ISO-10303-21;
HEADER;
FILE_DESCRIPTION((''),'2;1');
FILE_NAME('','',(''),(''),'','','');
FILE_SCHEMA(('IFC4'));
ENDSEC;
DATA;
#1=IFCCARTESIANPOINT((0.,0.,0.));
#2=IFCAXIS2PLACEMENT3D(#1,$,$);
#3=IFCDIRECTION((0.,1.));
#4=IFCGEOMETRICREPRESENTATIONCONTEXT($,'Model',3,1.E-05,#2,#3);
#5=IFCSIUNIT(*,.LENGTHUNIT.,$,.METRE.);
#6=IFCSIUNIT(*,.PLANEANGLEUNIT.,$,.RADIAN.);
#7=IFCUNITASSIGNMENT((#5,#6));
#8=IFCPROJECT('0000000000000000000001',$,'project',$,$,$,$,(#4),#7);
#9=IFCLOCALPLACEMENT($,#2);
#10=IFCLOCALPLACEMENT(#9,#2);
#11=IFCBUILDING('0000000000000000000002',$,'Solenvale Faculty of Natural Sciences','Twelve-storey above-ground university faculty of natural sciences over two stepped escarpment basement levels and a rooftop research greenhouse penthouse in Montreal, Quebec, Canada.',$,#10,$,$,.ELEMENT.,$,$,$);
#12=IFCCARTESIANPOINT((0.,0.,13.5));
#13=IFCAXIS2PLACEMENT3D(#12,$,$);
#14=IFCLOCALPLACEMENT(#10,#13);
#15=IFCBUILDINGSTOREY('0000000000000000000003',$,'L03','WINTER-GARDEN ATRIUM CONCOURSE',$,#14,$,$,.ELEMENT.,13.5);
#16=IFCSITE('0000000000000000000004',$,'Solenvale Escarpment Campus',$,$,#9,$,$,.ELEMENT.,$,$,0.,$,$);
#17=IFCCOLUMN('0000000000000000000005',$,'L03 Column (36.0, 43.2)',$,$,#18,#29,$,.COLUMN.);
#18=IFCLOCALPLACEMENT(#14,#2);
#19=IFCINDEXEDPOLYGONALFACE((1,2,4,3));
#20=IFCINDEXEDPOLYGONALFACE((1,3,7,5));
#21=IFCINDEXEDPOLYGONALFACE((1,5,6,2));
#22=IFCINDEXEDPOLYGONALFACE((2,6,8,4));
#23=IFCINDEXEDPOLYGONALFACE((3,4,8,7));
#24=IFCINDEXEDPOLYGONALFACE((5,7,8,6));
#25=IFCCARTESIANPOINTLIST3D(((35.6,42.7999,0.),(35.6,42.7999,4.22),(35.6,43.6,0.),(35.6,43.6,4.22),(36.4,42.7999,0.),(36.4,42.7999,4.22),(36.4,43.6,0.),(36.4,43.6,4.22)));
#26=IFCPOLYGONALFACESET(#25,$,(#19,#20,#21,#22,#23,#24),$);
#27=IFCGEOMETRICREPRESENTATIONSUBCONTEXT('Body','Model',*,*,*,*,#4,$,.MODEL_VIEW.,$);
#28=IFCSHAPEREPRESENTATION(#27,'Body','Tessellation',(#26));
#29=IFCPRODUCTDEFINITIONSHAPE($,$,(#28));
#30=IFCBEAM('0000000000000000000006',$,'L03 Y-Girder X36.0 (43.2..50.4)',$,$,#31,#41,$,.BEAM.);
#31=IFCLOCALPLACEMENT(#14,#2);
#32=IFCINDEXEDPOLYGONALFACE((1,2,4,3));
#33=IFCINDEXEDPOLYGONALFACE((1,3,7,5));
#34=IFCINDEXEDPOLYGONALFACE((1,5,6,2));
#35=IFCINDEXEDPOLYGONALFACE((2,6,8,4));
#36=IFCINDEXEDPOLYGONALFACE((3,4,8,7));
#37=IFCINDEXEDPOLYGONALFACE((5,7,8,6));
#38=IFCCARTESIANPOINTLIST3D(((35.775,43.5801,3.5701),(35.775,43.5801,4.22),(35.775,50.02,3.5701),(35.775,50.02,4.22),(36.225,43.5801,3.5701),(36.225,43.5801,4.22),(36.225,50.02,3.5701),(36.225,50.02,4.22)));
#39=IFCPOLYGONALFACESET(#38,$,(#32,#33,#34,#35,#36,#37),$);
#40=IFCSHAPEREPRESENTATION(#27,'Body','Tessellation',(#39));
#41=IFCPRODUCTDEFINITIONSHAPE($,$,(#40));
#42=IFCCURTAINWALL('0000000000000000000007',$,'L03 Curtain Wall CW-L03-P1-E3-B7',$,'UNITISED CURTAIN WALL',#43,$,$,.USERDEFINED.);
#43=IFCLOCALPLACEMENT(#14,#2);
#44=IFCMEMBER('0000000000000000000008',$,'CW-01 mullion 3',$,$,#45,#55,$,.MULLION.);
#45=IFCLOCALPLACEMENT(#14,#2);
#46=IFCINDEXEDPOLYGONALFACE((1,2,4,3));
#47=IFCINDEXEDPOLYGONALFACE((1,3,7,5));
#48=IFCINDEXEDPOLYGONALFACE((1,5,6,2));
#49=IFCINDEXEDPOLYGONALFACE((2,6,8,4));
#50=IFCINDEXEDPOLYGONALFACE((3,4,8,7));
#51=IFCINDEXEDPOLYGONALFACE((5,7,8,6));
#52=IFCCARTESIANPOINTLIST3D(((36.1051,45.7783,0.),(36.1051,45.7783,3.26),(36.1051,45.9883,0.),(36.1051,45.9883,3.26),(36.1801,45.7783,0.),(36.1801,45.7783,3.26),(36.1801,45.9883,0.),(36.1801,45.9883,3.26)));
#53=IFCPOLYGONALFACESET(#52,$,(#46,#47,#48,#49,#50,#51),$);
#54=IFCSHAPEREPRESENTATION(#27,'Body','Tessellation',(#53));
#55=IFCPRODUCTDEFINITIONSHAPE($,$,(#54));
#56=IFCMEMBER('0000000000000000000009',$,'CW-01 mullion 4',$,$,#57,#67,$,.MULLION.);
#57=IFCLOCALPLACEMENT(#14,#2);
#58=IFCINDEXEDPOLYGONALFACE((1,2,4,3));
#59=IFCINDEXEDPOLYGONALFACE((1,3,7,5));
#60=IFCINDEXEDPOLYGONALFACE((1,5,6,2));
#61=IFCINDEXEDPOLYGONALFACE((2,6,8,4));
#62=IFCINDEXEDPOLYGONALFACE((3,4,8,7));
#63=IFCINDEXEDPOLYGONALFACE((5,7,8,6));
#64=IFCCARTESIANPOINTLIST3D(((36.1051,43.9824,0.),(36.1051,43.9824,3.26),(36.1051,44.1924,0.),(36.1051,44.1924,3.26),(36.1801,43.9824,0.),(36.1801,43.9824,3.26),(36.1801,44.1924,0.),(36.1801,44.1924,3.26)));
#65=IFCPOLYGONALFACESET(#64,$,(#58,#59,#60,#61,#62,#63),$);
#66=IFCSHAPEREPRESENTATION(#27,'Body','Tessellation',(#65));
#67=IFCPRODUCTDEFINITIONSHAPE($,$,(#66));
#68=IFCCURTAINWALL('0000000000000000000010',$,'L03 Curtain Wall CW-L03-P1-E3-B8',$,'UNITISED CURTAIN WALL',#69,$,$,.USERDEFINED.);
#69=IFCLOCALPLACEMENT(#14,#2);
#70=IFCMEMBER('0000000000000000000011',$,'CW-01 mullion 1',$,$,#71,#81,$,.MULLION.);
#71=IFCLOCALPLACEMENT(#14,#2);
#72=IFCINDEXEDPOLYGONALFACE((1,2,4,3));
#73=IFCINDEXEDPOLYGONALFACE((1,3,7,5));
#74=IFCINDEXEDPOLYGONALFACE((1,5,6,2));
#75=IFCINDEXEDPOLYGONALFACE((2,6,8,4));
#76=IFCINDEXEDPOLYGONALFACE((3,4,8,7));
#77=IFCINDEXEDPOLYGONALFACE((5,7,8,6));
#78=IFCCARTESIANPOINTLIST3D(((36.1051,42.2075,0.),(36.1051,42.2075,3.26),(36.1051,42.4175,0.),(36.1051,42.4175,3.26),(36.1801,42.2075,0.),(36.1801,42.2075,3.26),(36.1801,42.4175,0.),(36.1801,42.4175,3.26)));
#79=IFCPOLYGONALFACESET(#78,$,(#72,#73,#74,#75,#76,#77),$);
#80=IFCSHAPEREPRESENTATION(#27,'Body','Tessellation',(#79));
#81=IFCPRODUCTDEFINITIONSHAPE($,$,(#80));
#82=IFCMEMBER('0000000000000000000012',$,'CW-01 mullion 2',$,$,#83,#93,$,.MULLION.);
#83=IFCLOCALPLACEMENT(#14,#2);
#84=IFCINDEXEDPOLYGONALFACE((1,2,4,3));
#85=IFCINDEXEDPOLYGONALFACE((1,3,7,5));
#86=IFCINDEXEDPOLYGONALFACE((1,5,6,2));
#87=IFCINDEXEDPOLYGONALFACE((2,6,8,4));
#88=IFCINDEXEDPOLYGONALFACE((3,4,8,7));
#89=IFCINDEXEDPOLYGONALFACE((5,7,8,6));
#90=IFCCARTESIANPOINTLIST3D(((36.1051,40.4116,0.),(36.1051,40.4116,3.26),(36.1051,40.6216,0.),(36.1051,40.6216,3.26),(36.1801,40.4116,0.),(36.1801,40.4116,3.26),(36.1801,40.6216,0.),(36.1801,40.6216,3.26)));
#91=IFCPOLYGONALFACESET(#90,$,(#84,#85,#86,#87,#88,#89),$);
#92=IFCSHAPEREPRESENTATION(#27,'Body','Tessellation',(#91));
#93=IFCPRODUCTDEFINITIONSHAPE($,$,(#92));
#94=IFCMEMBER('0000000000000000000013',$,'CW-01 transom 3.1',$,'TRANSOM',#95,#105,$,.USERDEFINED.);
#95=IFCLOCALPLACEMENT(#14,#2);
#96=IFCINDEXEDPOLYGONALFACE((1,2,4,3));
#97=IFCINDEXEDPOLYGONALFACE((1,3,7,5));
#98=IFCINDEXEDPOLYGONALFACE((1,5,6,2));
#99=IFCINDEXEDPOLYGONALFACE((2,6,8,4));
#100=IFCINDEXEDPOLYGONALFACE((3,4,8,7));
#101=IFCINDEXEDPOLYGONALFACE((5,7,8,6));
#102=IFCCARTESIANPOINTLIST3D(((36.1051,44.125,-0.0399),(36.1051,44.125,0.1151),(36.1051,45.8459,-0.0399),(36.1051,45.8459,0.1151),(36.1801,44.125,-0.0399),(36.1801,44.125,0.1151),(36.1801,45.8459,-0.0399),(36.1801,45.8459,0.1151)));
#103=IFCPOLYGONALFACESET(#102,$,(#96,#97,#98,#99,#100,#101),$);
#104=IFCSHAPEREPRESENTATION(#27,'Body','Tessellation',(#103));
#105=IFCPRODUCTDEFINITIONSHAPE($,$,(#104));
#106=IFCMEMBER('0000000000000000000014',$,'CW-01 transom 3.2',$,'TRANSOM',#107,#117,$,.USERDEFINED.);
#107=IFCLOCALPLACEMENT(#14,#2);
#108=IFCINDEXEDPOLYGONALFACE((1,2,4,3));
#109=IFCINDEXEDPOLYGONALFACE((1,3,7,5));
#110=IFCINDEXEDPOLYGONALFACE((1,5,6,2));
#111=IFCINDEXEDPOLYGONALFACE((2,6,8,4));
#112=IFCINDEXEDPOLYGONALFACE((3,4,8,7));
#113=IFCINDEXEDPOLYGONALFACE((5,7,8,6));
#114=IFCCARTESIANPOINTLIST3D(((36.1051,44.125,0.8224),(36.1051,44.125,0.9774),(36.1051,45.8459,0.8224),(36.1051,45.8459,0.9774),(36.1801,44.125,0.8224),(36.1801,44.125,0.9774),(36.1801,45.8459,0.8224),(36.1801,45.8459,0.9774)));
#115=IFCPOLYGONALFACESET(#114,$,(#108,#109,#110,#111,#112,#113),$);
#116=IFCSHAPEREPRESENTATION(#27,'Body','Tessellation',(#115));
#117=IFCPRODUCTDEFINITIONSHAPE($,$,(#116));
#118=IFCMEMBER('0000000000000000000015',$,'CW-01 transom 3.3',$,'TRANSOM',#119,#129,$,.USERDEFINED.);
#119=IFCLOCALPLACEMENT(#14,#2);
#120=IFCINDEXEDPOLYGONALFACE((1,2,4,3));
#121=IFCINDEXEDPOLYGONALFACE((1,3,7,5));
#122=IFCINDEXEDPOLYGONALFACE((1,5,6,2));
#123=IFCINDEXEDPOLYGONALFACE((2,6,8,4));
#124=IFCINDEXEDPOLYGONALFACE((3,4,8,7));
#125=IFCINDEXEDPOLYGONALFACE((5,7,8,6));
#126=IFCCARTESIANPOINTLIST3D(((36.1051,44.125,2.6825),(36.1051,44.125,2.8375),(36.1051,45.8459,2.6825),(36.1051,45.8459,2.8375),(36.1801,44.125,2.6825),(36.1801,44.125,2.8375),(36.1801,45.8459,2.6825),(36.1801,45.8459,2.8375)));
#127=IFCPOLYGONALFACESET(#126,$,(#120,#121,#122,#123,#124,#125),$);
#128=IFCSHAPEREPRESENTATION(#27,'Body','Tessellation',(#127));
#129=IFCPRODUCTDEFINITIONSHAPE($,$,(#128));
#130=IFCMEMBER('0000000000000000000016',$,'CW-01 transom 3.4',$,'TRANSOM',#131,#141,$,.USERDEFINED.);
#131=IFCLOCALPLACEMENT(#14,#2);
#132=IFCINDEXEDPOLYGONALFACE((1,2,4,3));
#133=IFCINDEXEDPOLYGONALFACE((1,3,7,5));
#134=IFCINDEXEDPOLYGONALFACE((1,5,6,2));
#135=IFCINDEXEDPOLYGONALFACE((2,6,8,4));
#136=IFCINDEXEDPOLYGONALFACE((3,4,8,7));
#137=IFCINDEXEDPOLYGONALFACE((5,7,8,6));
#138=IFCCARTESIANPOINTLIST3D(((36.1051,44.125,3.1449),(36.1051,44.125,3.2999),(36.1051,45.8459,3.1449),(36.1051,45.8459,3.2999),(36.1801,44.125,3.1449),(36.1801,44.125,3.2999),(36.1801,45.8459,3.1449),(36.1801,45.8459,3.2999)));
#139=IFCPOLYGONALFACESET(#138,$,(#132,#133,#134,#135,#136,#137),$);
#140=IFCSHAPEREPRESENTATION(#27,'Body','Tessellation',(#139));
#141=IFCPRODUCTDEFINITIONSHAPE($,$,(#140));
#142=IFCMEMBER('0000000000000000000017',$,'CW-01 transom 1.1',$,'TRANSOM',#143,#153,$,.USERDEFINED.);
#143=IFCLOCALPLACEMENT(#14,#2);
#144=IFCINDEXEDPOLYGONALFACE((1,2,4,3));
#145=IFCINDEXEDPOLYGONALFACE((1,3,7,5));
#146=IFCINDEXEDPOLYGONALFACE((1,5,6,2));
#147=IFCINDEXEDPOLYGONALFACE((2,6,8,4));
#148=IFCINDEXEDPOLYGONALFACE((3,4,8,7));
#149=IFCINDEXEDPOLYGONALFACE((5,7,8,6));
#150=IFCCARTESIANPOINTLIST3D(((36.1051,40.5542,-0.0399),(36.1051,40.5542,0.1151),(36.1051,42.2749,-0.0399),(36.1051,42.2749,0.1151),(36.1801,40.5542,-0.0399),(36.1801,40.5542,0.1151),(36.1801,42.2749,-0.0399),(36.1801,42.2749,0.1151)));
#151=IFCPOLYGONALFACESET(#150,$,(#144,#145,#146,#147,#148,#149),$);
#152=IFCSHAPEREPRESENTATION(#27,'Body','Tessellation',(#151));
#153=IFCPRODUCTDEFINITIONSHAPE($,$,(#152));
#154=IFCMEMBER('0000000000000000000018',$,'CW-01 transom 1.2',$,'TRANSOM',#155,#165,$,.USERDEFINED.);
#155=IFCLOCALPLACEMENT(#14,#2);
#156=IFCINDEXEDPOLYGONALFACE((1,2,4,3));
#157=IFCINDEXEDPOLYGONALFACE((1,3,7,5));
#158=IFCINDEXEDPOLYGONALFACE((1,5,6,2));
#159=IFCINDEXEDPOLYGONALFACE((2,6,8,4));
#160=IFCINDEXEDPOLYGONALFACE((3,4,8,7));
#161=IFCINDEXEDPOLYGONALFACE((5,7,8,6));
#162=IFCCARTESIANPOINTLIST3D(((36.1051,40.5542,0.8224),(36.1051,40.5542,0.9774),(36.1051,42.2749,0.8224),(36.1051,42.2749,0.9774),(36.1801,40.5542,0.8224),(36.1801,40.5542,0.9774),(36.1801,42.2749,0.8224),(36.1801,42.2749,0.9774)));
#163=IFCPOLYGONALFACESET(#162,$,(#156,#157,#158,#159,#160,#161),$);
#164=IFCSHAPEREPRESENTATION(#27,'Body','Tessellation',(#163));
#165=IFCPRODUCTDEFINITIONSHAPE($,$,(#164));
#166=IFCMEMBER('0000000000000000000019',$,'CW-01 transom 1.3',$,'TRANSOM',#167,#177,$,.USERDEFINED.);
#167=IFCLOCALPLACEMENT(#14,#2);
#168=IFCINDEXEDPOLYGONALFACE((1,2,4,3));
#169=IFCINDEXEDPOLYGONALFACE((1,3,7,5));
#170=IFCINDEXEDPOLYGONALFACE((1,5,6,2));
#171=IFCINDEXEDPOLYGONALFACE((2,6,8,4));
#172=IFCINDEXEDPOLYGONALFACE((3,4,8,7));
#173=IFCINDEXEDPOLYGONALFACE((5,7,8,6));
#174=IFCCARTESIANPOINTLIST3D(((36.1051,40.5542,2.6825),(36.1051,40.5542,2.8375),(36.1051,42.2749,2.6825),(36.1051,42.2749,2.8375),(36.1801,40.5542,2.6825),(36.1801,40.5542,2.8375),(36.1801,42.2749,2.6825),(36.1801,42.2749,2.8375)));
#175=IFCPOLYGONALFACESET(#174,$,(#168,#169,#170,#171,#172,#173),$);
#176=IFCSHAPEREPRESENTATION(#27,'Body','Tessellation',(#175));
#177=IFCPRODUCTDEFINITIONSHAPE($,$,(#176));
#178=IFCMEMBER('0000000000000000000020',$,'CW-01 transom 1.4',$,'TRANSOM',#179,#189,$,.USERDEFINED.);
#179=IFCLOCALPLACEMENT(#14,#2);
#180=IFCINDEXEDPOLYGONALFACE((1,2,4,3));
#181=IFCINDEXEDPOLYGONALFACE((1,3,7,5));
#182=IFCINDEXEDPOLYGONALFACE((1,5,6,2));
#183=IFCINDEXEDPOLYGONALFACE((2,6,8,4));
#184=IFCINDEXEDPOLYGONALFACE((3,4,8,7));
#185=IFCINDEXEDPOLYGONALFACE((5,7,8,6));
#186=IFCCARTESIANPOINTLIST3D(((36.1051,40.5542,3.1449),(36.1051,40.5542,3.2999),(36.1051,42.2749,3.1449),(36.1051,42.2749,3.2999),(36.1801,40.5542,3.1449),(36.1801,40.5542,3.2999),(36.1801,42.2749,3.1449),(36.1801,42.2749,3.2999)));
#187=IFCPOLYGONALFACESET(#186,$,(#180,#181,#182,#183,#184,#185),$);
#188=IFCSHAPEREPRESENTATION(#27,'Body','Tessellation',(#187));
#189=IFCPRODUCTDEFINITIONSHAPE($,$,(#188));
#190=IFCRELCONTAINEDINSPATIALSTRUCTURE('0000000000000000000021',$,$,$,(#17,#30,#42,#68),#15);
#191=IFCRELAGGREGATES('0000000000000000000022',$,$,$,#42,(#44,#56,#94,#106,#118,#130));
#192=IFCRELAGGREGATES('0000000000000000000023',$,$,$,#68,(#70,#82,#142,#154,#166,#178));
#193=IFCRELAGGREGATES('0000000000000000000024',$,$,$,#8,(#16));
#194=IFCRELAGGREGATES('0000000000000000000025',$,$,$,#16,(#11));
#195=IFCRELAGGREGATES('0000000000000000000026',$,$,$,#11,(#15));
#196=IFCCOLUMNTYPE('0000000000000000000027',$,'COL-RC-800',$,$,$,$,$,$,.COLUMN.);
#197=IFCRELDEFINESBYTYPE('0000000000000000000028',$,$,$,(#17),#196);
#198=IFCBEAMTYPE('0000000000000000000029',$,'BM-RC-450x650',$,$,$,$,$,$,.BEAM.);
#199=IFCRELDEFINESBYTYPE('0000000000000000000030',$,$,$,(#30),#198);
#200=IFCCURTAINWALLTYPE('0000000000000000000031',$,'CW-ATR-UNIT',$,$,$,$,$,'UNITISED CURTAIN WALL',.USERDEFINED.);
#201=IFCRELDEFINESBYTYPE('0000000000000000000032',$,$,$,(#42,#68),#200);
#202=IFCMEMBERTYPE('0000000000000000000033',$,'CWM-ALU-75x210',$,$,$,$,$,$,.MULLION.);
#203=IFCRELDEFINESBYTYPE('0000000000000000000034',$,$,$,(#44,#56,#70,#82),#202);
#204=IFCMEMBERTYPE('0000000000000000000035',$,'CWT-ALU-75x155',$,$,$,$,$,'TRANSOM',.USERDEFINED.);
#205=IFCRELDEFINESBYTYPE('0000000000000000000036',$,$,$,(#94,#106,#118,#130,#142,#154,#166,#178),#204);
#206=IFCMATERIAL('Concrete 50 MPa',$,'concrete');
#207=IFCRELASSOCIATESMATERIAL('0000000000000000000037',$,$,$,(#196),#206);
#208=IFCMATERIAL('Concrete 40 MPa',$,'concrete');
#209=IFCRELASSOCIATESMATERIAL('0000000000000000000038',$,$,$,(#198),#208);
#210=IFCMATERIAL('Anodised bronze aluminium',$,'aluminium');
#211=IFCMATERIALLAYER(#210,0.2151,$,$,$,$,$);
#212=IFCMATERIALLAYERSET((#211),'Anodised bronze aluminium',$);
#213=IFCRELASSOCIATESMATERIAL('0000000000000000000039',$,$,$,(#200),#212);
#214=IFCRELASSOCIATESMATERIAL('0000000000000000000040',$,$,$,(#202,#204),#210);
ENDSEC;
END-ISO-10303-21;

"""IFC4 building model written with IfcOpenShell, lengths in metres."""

from ifc_helpers import new_model, si_unit, direction, frame, origin, origin_2d, place, context, subcontext, project, spatial, rectangle, extrude, material, layer, layer_set, material_profile, profile_set, type_object, element, aggregate, save


model = new_model("IFC4")

# Units and contexts
model_context = context("Model", 3, precision=1e-05, world=origin(), true_north=direction((0.0, 1.0)))
body_context = subcontext(model_context, "Body", "Model", "MODEL_VIEW")
ifc_project = project(units=[si_unit("LENGTHUNIT", "METRE"), si_unit("PLANEANGLEUNIT", "RADIAN")], contexts=[model_context])

# Site, building, storey
site_placement = place(None, origin())
site = spatial("IfcSite", under=ifc_project, at=site_placement, Name="Solenvale Escarpment Campus", CompositionType="ELEMENT", RefElevation=0.0)
building_placement = place(site_placement, origin())
building = spatial("IfcBuilding", under=site, at=building_placement, Name="Solenvale Faculty of Natural Sciences", Description="Twelve-storey above-ground university faculty of natural sciences over two stepped escarpment basement levels and a rooftop research greenhouse penthouse in Montreal, Quebec, Canada.", CompositionType="ELEMENT")
storey_placement = place(building_placement, frame((0.0, 0.0, 13.5)))
storey = spatial("IfcBuildingStorey", under=building, at=storey_placement, Name="L03", Description="WINTER-GARDEN ATRIUM CONCOURSE", CompositionType="ELEMENT", Elevation=13.5)

# Column
ifc_material_1 = material(Name="Concrete 50 MPa", Category="concrete")
ifc_material_profile_1 = material_profile(ifc_material_1, rectangle(XDim=0.8, YDim=0.8, at=origin_2d()), Name="RC-COL-800x800")
ifc_profile_set_1 = profile_set([ifc_material_profile_1], Name="Concrete 50 MPa")
column_type = type_object("IfcColumnType", Name="COL-RC-800", PredefinedType="COLUMN", material=ifc_profile_set_1)
column_placement = place(storey_placement, frame((36.0, 43.2, 0.0), z_axis=(0.0, 0.0, 1.0), x_axis=(1.0, 0.0, 0.0)))
element("IfcColumn", 1, at=column_placement, inside=storey, type_object=column_type, Name="L03 Column (36.0, 43.2)", PredefinedType="COLUMN", context=body_context, shape_type="SweptSolid", body=[
    extrude(rectangle(XDim=0.8, YDim=0.8, at=origin_2d()), origin(), (0.0, 0.0, 1.0), 4.22),
])

# Beam
ifc_material_2 = material(Name="Concrete 40 MPa", Category="concrete")
ifc_material_profile_2 = material_profile(ifc_material_2, rectangle(XDim=0.45, YDim=0.6499, at=origin_2d()), Name="RC-BM-450x650")
ifc_profile_set_2 = profile_set([ifc_material_profile_2], Name="Concrete 40 MPa")
beam_type = type_object("IfcBeamType", Name="BM-RC-450x650", PredefinedType="BEAM", material=ifc_profile_set_2)
beam_placement = place(storey_placement, frame((36.0, 43.5801, 3.895), z_axis=(0.0, 1.0, 0.0), x_axis=(-1.0, 0.0, 0.0)))
element("IfcBeam", 2, at=beam_placement, inside=storey, type_object=beam_type, Name="L03 Y-Girder X36.0 (43.2..50.4)", PredefinedType="BEAM", context=body_context, shape_type="SweptSolid", body=[
    extrude(rectangle(XDim=0.45, YDim=0.6499, at=origin_2d()), origin(), (0.0, 0.0, 1.0), 6.4399),
])

# Curtain walls, members
ifc_material_3 = material(Name="Anodised bronze aluminium", Category="aluminium")
ifc_layer_1 = layer(ifc_material_3, 0.2151)
ifc_layer_set_1 = layer_set([ifc_layer_1], Name="Anodised bronze aluminium")
curtain_wall_type = type_object("IfcCurtainWallType", Name="CW-ATR-UNIT", ElementType="UNITISED CURTAIN WALL", PredefinedType="USERDEFINED", material=ifc_layer_set_1)
curtain_wall_1_placement = place(storey_placement, origin())
curtain_wall_1 = element("IfcCurtainWall", 3, at=curtain_wall_1_placement, inside=storey, type_object=curtain_wall_type, Name="L03 Curtain Wall CW-L03-P1-E3-B7", ObjectType="UNITISED CURTAIN WALL", PredefinedType="USERDEFINED")
ifc_material_profile_3 = material_profile(ifc_material_3, rectangle(XDim=0.075, YDim=0.21, at=origin_2d()), Name="ALU-MUL-75x210")
ifc_profile_set_3 = profile_set([ifc_material_profile_3], Name="Anodised bronze aluminium")
member_type_1 = type_object("IfcMemberType", Name="CWM-ALU-75x210", PredefinedType="MULLION", material=ifc_profile_set_3)
member_1_placement = place(storey_placement, frame((36.1426, 45.8833, 0.0), z_axis=(0.0, 0.0, 1.0), x_axis=(1.0, 0.0, 0.0)))
member_1 = element("IfcMember", 4, at=member_1_placement, type_object=member_type_1, Name="CW-01 mullion 3", PredefinedType="MULLION", context=body_context, shape_type="SweptSolid", body=[
    extrude(rectangle(XDim=0.075, YDim=0.21, at=origin_2d()), origin(), (0.0, 0.0, 1.0), 3.26),
])
member_2_placement = place(storey_placement, frame((36.1426, 44.0874, 0.0), z_axis=(0.0, 0.0, 1.0), x_axis=(1.0, 0.0, 0.0)))
member_2 = element("IfcMember", 5, at=member_2_placement, type_object=member_type_1, Name="CW-01 mullion 4", PredefinedType="MULLION", context=body_context, shape_type="SweptSolid", body=[
    extrude(rectangle(XDim=0.075, YDim=0.21, at=origin_2d()), origin(), (0.0, 0.0, 1.0), 3.26),
])
curtain_wall_2_placement = place(storey_placement, origin())
curtain_wall_2 = element("IfcCurtainWall", 6, at=curtain_wall_2_placement, inside=storey, type_object=curtain_wall_type, Name="L03 Curtain Wall CW-L03-P1-E3-B8", ObjectType="UNITISED CURTAIN WALL", PredefinedType="USERDEFINED")
member_3_placement = place(storey_placement, frame((36.1426, 42.3125, 0.0), z_axis=(0.0, 0.0, 1.0), x_axis=(1.0, 0.0, 0.0)))
member_3 = element("IfcMember", 7, at=member_3_placement, type_object=member_type_1, Name="CW-01 mullion 1", PredefinedType="MULLION", context=body_context, shape_type="SweptSolid", body=[
    extrude(rectangle(XDim=0.075, YDim=0.21, at=origin_2d()), origin(), (0.0, 0.0, 1.0), 3.26),
])
member_4_placement = place(storey_placement, frame((36.1426, 40.5166, 0.0), z_axis=(0.0, 0.0, 1.0), x_axis=(1.0, 0.0, 0.0)))
member_4 = element("IfcMember", 8, at=member_4_placement, type_object=member_type_1, Name="CW-01 mullion 2", PredefinedType="MULLION", context=body_context, shape_type="SweptSolid", body=[
    extrude(rectangle(XDim=0.075, YDim=0.21, at=origin_2d()), origin(), (0.0, 0.0, 1.0), 3.26),
])

# Members
ifc_material_profile_4 = material_profile(ifc_material_3, rectangle(XDim=0.075, YDim=0.155, at=origin_2d()), Name="ALU-TRN-75x155")
ifc_profile_set_4 = profile_set([ifc_material_profile_4], Name="Anodised bronze aluminium")
member_type_2 = type_object("IfcMemberType", Name="CWT-ALU-75x155", ElementType="TRANSOM", PredefinedType="USERDEFINED", material=ifc_profile_set_4)
member_5_placement = place(storey_placement, frame((36.1426, 45.8459, 0.0376), z_axis=(0.0, -1.0, 0.0), x_axis=(1.0, 0.0, 0.0)))
member_5 = element("IfcMember", 9, at=member_5_placement, type_object=member_type_2, Name="CW-01 transom 3.1", ObjectType="TRANSOM", PredefinedType="USERDEFINED", context=body_context, shape_type="SweptSolid", body=[
    extrude(rectangle(XDim=0.075, YDim=0.155, at=origin_2d()), origin(), (0.0, 0.0, 1.0), 1.7209),
])
member_6_placement = place(storey_placement, frame((36.1426, 45.8459, 0.8999), z_axis=(0.0, -1.0, 0.0), x_axis=(1.0, 0.0, 0.0)))
member_6 = element("IfcMember", 10, at=member_6_placement, type_object=member_type_2, Name="CW-01 transom 3.2", ObjectType="TRANSOM", PredefinedType="USERDEFINED", context=body_context, shape_type="SweptSolid", body=[
    extrude(rectangle(XDim=0.075, YDim=0.155, at=origin_2d()), origin(), (0.0, 0.0, 1.0), 1.7209),
])
member_7_placement = place(storey_placement, frame((36.1426, 45.8459, 2.76), z_axis=(0.0, -1.0, 0.0), x_axis=(1.0, 0.0, 0.0)))
member_7 = element("IfcMember", 11, at=member_7_placement, type_object=member_type_2, Name="CW-01 transom 3.3", ObjectType="TRANSOM", PredefinedType="USERDEFINED", context=body_context, shape_type="SweptSolid", body=[
    extrude(rectangle(XDim=0.075, YDim=0.155, at=origin_2d()), origin(), (0.0, 0.0, 1.0), 1.7209),
])
member_8_placement = place(storey_placement, frame((36.1426, 45.8459, 3.2224), z_axis=(0.0, -1.0, 0.0), x_axis=(1.0, 0.0, 0.0)))
member_8 = element("IfcMember", 12, at=member_8_placement, type_object=member_type_2, Name="CW-01 transom 3.4", ObjectType="TRANSOM", PredefinedType="USERDEFINED", context=body_context, shape_type="SweptSolid", body=[
    extrude(rectangle(XDim=0.075, YDim=0.155, at=origin_2d()), origin(), (0.0, 0.0, 1.0), 1.7209),
])
member_9_placement = place(storey_placement, frame((36.1426, 42.2749, 0.0376), z_axis=(0.0, -1.0, 0.0), x_axis=(1.0, 0.0, 0.0)))
member_9 = element("IfcMember", 13, at=member_9_placement, type_object=member_type_2, Name="CW-01 transom 1.1", ObjectType="TRANSOM", PredefinedType="USERDEFINED", context=body_context, shape_type="SweptSolid", body=[
    extrude(rectangle(XDim=0.075, YDim=0.155, at=origin_2d()), origin(), (0.0, 0.0, 1.0), 1.7207),
])
member_10_placement = place(storey_placement, frame((36.1426, 42.2749, 0.8999), z_axis=(0.0, -1.0, 0.0), x_axis=(1.0, 0.0, 0.0)))
member_10 = element("IfcMember", 14, at=member_10_placement, type_object=member_type_2, Name="CW-01 transom 1.2", ObjectType="TRANSOM", PredefinedType="USERDEFINED", context=body_context, shape_type="SweptSolid", body=[
    extrude(rectangle(XDim=0.075, YDim=0.155, at=origin_2d()), origin(), (0.0, 0.0, 1.0), 1.7207),
])
member_11_placement = place(storey_placement, frame((36.1426, 42.2749, 2.76), z_axis=(0.0, -1.0, 0.0), x_axis=(1.0, 0.0, 0.0)))
member_11 = element("IfcMember", 15, at=member_11_placement, type_object=member_type_2, Name="CW-01 transom 1.3", ObjectType="TRANSOM", PredefinedType="USERDEFINED", context=body_context, shape_type="SweptSolid", body=[
    extrude(rectangle(XDim=0.075, YDim=0.155, at=origin_2d()), origin(), (0.0, 0.0, 1.0), 1.7207),
])
member_12_placement = place(storey_placement, frame((36.1426, 42.2749, 3.2224), z_axis=(0.0, -1.0, 0.0), x_axis=(1.0, 0.0, 0.0)))
member_12 = element("IfcMember", 16, at=member_12_placement, type_object=member_type_2, Name="CW-01 transom 1.4", ObjectType="TRANSOM", PredefinedType="USERDEFINED", context=body_context, shape_type="SweptSolid", body=[
    extrude(rectangle(XDim=0.075, YDim=0.155, at=origin_2d()), origin(), (0.0, 0.0, 1.0), 1.7207),
])

aggregate(curtain_wall_1, [member_1, member_2, member_5, member_6, member_7, member_8])
aggregate(curtain_wall_2, [member_3, member_4, member_9, member_10, member_11, member_12])

save(model, "model.ifc")
